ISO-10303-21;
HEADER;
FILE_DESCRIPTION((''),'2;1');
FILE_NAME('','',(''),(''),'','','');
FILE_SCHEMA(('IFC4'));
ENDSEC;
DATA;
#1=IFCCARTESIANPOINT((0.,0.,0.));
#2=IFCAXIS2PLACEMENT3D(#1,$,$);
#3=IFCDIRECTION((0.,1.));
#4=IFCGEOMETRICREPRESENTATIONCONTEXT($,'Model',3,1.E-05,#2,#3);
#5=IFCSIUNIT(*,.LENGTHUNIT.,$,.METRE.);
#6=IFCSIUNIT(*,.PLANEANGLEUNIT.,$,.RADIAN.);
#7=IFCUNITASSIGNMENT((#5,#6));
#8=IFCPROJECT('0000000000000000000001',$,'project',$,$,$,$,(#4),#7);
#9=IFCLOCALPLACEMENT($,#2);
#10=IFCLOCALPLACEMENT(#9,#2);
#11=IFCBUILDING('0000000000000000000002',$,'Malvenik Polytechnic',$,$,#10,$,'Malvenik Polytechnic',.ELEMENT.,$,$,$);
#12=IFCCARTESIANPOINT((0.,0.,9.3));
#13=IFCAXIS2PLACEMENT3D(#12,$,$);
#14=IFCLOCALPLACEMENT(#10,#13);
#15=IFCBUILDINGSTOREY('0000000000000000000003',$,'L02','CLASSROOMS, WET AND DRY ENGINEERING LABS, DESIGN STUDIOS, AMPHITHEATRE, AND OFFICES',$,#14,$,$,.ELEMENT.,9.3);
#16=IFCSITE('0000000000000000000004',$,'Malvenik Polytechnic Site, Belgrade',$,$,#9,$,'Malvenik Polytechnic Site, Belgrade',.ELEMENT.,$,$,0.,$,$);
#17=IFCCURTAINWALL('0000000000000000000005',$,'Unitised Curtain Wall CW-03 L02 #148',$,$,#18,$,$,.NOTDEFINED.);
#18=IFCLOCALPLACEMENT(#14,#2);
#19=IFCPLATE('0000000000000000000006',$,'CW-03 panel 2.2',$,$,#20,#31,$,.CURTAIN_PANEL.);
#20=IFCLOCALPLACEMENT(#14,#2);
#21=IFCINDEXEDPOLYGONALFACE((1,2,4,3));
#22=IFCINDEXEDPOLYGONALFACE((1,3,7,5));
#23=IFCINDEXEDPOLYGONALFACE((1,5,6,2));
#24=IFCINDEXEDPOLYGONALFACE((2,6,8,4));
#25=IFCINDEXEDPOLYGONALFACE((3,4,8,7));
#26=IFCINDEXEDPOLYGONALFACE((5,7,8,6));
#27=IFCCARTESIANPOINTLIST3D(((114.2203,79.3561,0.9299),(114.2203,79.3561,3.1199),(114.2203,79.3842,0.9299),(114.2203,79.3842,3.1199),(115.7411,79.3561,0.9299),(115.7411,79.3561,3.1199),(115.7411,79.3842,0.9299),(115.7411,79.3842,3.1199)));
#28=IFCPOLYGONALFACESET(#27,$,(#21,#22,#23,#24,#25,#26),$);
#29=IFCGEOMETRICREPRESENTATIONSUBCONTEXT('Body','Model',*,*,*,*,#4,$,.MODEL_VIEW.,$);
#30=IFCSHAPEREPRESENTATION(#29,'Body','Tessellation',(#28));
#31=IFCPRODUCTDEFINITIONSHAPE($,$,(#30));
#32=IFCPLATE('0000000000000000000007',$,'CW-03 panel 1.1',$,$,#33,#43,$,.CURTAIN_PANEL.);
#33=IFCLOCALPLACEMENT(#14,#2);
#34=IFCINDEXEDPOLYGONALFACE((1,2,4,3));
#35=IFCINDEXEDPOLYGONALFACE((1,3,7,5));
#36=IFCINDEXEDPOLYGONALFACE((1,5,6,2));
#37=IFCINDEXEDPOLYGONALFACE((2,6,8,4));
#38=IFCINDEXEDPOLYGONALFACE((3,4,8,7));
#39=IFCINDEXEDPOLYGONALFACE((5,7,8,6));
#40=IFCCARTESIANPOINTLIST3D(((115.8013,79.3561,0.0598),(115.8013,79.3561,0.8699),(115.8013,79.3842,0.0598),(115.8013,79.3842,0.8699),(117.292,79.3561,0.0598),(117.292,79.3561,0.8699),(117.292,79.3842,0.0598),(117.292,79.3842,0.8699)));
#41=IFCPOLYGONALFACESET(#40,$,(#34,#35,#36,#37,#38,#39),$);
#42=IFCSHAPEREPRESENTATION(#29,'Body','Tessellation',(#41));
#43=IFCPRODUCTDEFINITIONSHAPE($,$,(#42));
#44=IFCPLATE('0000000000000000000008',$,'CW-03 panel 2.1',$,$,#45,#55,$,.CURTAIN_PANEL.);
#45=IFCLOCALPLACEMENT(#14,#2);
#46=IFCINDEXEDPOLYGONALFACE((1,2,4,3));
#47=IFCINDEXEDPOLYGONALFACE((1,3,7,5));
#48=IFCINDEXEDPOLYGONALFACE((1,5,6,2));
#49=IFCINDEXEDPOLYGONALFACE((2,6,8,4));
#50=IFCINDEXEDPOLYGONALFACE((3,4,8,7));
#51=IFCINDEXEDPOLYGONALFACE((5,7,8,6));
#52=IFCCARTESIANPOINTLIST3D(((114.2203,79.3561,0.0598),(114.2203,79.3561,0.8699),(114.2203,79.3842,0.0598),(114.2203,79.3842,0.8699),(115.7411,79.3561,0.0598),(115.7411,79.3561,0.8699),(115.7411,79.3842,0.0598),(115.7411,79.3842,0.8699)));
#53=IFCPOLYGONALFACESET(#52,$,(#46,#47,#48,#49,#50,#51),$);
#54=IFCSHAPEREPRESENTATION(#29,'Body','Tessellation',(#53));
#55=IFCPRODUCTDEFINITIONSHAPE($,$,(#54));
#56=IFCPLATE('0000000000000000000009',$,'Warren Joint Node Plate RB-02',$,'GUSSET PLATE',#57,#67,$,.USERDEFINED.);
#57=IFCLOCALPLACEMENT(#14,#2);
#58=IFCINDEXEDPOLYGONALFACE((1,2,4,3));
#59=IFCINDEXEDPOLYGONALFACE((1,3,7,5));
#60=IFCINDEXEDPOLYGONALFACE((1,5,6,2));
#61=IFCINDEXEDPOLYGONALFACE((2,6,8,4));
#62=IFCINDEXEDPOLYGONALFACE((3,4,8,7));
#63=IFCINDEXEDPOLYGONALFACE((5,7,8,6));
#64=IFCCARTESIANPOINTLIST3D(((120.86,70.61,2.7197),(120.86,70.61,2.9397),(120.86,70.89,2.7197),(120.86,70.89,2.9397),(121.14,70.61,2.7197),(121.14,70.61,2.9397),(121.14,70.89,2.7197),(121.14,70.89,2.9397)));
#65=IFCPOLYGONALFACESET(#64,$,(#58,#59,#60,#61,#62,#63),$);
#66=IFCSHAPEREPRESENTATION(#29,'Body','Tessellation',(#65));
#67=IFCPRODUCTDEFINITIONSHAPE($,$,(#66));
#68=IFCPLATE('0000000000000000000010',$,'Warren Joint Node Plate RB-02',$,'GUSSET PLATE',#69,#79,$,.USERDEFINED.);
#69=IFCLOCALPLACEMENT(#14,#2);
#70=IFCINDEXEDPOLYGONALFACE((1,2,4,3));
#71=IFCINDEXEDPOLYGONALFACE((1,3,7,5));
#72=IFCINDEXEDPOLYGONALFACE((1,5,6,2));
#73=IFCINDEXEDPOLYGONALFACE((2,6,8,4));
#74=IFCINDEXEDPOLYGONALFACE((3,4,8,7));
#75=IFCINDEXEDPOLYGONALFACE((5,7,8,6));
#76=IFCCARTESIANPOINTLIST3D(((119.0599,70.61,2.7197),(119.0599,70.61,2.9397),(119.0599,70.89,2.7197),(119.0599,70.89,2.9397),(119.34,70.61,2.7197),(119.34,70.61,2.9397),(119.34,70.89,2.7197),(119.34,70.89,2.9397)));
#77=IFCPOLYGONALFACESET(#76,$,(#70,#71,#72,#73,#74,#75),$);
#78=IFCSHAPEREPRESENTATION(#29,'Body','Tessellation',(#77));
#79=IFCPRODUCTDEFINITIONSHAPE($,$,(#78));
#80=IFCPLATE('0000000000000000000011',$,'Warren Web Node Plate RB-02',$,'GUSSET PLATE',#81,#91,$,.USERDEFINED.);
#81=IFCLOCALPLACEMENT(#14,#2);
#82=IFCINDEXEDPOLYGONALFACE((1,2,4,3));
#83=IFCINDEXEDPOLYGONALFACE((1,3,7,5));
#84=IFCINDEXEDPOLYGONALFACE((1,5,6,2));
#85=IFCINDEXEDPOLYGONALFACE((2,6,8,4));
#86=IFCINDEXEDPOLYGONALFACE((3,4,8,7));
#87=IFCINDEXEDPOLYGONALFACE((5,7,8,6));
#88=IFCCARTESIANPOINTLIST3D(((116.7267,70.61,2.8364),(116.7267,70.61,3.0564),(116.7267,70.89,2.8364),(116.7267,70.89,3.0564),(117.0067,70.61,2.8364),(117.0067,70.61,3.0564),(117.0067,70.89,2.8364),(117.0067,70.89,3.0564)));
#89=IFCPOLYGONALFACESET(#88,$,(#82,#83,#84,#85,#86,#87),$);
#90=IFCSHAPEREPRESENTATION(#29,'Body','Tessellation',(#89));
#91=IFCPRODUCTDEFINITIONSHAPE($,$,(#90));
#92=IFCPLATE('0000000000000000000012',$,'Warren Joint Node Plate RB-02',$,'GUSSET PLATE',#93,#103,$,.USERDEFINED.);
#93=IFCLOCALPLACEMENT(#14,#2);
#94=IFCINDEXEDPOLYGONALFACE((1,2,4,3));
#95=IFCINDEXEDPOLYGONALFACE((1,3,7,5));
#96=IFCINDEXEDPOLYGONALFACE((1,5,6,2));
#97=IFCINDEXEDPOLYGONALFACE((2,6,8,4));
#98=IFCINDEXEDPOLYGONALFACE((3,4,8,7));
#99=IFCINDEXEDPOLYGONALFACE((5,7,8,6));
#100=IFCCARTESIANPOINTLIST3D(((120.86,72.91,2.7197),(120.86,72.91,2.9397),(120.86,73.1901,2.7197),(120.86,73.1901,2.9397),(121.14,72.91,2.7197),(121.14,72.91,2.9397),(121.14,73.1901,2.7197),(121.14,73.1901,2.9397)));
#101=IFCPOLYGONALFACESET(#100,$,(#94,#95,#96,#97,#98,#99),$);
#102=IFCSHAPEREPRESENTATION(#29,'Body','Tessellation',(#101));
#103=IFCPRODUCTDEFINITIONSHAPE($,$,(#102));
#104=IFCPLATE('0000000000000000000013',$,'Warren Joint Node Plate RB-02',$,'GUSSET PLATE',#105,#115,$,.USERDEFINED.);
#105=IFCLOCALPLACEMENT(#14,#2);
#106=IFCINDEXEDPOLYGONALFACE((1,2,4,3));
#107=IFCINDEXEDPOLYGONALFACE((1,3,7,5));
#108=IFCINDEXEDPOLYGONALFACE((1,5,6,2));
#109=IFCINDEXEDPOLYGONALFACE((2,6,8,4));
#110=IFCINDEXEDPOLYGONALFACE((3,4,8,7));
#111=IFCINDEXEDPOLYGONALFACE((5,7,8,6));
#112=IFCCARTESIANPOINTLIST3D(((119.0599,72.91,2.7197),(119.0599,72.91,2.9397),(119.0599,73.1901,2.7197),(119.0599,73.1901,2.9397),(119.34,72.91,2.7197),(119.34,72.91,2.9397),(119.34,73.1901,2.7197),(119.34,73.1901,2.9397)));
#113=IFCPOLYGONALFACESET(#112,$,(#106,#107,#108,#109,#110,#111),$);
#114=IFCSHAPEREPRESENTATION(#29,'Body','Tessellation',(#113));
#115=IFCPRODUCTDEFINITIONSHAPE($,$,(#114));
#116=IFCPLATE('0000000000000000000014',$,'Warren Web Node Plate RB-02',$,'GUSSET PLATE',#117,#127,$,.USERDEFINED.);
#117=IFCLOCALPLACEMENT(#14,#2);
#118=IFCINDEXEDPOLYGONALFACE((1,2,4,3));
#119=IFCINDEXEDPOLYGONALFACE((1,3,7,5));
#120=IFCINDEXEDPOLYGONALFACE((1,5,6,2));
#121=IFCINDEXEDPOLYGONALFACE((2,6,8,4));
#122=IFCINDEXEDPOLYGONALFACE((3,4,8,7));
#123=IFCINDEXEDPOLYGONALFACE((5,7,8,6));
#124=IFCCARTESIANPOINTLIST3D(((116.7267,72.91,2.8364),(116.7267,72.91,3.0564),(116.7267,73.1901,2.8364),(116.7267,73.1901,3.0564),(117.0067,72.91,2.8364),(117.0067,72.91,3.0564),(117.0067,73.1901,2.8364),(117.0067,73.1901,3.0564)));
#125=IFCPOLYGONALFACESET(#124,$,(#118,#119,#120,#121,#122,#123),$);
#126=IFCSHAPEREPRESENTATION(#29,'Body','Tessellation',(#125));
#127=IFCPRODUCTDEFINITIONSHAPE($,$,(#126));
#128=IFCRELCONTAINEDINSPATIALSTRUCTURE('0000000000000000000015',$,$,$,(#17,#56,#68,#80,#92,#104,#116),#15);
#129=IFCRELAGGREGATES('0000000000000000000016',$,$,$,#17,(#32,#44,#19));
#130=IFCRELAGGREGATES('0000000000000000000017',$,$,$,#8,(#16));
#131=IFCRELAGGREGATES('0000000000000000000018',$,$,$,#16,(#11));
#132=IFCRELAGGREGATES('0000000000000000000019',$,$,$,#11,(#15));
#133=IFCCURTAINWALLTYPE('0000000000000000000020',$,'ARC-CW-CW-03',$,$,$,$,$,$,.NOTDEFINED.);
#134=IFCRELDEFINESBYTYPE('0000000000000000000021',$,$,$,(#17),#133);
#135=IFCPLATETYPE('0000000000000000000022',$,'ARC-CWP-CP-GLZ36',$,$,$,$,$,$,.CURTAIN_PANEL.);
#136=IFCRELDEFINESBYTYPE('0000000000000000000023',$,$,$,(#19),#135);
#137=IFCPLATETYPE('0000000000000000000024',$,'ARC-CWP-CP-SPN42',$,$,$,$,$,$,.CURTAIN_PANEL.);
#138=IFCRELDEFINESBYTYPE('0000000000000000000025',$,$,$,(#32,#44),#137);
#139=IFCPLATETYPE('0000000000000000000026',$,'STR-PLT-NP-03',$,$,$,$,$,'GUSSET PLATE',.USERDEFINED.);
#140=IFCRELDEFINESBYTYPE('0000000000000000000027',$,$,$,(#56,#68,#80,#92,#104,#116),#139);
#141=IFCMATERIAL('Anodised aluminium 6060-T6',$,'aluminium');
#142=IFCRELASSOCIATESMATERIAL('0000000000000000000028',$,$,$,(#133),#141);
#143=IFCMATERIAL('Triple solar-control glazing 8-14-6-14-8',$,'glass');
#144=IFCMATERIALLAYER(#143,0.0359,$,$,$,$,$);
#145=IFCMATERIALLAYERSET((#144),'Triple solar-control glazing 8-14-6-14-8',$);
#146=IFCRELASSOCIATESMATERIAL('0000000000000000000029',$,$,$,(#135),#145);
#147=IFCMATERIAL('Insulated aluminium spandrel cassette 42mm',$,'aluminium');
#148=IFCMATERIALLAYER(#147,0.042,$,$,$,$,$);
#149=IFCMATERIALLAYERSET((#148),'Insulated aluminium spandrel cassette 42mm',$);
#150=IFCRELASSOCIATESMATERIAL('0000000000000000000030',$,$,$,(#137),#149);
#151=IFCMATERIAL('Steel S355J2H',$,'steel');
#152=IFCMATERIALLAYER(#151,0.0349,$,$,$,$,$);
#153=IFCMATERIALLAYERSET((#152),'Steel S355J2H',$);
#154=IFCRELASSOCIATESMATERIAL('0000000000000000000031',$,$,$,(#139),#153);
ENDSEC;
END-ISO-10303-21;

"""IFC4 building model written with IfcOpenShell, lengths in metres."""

from ifc_helpers import new_model, si_unit, direction, frame, origin, origin_2d, place, context, subcontext, project, spatial, rectangle, extrude, material, layer, layer_set, type_object, element, aggregate, save


model = new_model("IFC4")

# Units and contexts
model_context = context("Model", 3, precision=1e-05, world=origin(), true_north=direction((0.0, 1.0)))
body_context = subcontext(model_context, "Body", "Model", "MODEL_VIEW")
ifc_project = project(units=[si_unit("LENGTHUNIT", "METRE"), si_unit("PLANEANGLEUNIT", "RADIAN")], contexts=[model_context])

# Site, building, storey
site_placement = place(None, origin())
site = spatial("IfcSite", under=ifc_project, at=site_placement, Name="Malvenik Polytechnic Site, Belgrade", LongName="Malvenik Polytechnic Site, Belgrade", CompositionType="ELEMENT", RefElevation=0.0)
building_placement = place(site_placement, origin())
building = spatial("IfcBuilding", under=site, at=building_placement, Name="Malvenik Polytechnic", LongName="Malvenik Polytechnic", CompositionType="ELEMENT")
storey_placement = place(building_placement, frame((0.0, 0.0, 9.3)))
storey = spatial("IfcBuildingStorey", under=building, at=storey_placement, Name="L02", Description="CLASSROOMS, WET AND DRY ENGINEERING LABS, DESIGN STUDIOS, AMPHITHEATRE, AND OFFICES", CompositionType="ELEMENT", Elevation=9.3)

# Curtain wall
ifc_material_1 = material(Name="Anodised aluminium 6060-T6", Category="aluminium")
curtain_wall_type = type_object("IfcCurtainWallType", Name="ARC-CW-CW-03", PredefinedType="NOTDEFINED", material=ifc_material_1)
curtain_wall_placement = place(storey_placement, origin())
curtain_wall = element("IfcCurtainWall", 1, at=curtain_wall_placement, inside=storey, type_object=curtain_wall_type, Name="Unitised Curtain Wall CW-03 L02 #148", PredefinedType="NOTDEFINED")

# Shared definitions
ifc_material_2 = material(Name="Steel S355J2H", Category="steel")

# Plates
ifc_material_3 = material(Name="Triple solar-control glazing 8-14-6-14-8", Category="glass")
ifc_layer_1 = layer(ifc_material_3, 0.0359)
ifc_layer_set_1 = layer_set([ifc_layer_1], Name="Triple solar-control glazing 8-14-6-14-8")
plate_type_1 = type_object("IfcPlateType", Name="ARC-CWP-CP-GLZ36", PredefinedType="CURTAIN_PANEL", material=ifc_layer_set_1)
plate_1_placement = place(storey_placement, frame((114.9807, 79.3701, 0.9299), z_axis=(0.0, 0.0, 1.0), x_axis=(-1.0, 0.0, 0.0)))
plate_1 = element("IfcPlate", 2, at=plate_1_placement, type_object=plate_type_1, Name="CW-03 panel 2.2", PredefinedType="CURTAIN_PANEL", context=body_context, shape_type="SweptSolid", body=[
    extrude(rectangle(XDim=1.5208, YDim=0.0281, at=origin_2d()), origin(), (0.0, 0.0, 1.0), 2.1899),
])
ifc_material_4 = material(Name="Insulated aluminium spandrel cassette 42mm", Category="aluminium")
ifc_layer_2 = layer(ifc_material_4, 0.042)
ifc_layer_set_2 = layer_set([ifc_layer_2], Name="Insulated aluminium spandrel cassette 42mm")
plate_type_2 = type_object("IfcPlateType", Name="ARC-CWP-CP-SPN42", PredefinedType="CURTAIN_PANEL", material=ifc_layer_set_2)
plate_2_placement = place(storey_placement, frame((116.5466, 79.3701, 0.0598), z_axis=(0.0, 0.0, 1.0), x_axis=(-1.0, 0.0, 0.0)))
plate_2 = element("IfcPlate", 3, at=plate_2_placement, type_object=plate_type_2, Name="CW-03 panel 1.1", PredefinedType="CURTAIN_PANEL", context=body_context, shape_type="SweptSolid", body=[
    extrude(rectangle(XDim=1.4907, YDim=0.0281, at=origin_2d()), origin(), (0.0, 0.0, 1.0), 0.8101),
])
plate_3_placement = place(storey_placement, frame((114.9807, 79.3701, 0.0598), z_axis=(0.0, 0.0, 1.0), x_axis=(-1.0, 0.0, 0.0)))
plate_3 = element("IfcPlate", 4, at=plate_3_placement, type_object=plate_type_2, Name="CW-03 panel 2.1", PredefinedType="CURTAIN_PANEL", context=body_context, shape_type="SweptSolid", body=[
    extrude(rectangle(XDim=1.5208, YDim=0.0281, at=origin_2d()), origin(), (0.0, 0.0, 1.0), 0.8101),
])
aggregate(curtain_wall, [plate_2, plate_3, plate_1])

# Plates
ifc_layer_3 = layer(ifc_material_2, 0.0349)
ifc_layer_set_3 = layer_set([ifc_layer_3], Name="Steel S355J2H")
plate_type_3 = type_object("IfcPlateType", Name="STR-PLT-NP-03", ElementType="GUSSET PLATE", PredefinedType="USERDEFINED", material=ifc_layer_set_3)
for number, where, z_axis, x_axis, name in (
    (5, (121.0, 70.75, 2.7197), (0.0, 0.0, 1.0), (1.0, 0.0, 0.0), "Warren Joint Node Plate RB-02"),
    (6, (119.2, 70.75, 2.7197), (0.0, 0.0, 1.0), (1.0, 0.0, 0.0), "Warren Joint Node Plate RB-02"),
    (7, (116.8667, 70.75, 2.8364), (0.0, 0.0, 1.0), (1.0, 0.0, 0.0), "Warren Web Node Plate RB-02"),
    (8, (121.0, 73.05, 2.7197), (0.0, 0.0, 1.0), (1.0, 0.0, 0.0), "Warren Joint Node Plate RB-02"),
    (9, (119.2, 73.05, 2.7197), (0.0, 0.0, 1.0), (1.0, 0.0, 0.0), "Warren Joint Node Plate RB-02"),
    (10, (116.8667, 73.05, 2.8364), (0.0, 0.0, 1.0), (1.0, 0.0, 0.0), "Warren Web Node Plate RB-02"),
):
    element("IfcPlate", number, at=place(storey_placement, frame(where, z_axis=z_axis, x_axis=x_axis)), inside=storey, type_object=plate_type_3, Name=name, ObjectType="GUSSET PLATE", PredefinedType="USERDEFINED", context=body_context, shape_type="SweptSolid", body=[
        extrude(rectangle(XDim=0.28, YDim=0.28, at=origin_2d()), origin(), (0.0, 0.0, 1.0), 0.22),
    ])

save(model, "model.ifc")
